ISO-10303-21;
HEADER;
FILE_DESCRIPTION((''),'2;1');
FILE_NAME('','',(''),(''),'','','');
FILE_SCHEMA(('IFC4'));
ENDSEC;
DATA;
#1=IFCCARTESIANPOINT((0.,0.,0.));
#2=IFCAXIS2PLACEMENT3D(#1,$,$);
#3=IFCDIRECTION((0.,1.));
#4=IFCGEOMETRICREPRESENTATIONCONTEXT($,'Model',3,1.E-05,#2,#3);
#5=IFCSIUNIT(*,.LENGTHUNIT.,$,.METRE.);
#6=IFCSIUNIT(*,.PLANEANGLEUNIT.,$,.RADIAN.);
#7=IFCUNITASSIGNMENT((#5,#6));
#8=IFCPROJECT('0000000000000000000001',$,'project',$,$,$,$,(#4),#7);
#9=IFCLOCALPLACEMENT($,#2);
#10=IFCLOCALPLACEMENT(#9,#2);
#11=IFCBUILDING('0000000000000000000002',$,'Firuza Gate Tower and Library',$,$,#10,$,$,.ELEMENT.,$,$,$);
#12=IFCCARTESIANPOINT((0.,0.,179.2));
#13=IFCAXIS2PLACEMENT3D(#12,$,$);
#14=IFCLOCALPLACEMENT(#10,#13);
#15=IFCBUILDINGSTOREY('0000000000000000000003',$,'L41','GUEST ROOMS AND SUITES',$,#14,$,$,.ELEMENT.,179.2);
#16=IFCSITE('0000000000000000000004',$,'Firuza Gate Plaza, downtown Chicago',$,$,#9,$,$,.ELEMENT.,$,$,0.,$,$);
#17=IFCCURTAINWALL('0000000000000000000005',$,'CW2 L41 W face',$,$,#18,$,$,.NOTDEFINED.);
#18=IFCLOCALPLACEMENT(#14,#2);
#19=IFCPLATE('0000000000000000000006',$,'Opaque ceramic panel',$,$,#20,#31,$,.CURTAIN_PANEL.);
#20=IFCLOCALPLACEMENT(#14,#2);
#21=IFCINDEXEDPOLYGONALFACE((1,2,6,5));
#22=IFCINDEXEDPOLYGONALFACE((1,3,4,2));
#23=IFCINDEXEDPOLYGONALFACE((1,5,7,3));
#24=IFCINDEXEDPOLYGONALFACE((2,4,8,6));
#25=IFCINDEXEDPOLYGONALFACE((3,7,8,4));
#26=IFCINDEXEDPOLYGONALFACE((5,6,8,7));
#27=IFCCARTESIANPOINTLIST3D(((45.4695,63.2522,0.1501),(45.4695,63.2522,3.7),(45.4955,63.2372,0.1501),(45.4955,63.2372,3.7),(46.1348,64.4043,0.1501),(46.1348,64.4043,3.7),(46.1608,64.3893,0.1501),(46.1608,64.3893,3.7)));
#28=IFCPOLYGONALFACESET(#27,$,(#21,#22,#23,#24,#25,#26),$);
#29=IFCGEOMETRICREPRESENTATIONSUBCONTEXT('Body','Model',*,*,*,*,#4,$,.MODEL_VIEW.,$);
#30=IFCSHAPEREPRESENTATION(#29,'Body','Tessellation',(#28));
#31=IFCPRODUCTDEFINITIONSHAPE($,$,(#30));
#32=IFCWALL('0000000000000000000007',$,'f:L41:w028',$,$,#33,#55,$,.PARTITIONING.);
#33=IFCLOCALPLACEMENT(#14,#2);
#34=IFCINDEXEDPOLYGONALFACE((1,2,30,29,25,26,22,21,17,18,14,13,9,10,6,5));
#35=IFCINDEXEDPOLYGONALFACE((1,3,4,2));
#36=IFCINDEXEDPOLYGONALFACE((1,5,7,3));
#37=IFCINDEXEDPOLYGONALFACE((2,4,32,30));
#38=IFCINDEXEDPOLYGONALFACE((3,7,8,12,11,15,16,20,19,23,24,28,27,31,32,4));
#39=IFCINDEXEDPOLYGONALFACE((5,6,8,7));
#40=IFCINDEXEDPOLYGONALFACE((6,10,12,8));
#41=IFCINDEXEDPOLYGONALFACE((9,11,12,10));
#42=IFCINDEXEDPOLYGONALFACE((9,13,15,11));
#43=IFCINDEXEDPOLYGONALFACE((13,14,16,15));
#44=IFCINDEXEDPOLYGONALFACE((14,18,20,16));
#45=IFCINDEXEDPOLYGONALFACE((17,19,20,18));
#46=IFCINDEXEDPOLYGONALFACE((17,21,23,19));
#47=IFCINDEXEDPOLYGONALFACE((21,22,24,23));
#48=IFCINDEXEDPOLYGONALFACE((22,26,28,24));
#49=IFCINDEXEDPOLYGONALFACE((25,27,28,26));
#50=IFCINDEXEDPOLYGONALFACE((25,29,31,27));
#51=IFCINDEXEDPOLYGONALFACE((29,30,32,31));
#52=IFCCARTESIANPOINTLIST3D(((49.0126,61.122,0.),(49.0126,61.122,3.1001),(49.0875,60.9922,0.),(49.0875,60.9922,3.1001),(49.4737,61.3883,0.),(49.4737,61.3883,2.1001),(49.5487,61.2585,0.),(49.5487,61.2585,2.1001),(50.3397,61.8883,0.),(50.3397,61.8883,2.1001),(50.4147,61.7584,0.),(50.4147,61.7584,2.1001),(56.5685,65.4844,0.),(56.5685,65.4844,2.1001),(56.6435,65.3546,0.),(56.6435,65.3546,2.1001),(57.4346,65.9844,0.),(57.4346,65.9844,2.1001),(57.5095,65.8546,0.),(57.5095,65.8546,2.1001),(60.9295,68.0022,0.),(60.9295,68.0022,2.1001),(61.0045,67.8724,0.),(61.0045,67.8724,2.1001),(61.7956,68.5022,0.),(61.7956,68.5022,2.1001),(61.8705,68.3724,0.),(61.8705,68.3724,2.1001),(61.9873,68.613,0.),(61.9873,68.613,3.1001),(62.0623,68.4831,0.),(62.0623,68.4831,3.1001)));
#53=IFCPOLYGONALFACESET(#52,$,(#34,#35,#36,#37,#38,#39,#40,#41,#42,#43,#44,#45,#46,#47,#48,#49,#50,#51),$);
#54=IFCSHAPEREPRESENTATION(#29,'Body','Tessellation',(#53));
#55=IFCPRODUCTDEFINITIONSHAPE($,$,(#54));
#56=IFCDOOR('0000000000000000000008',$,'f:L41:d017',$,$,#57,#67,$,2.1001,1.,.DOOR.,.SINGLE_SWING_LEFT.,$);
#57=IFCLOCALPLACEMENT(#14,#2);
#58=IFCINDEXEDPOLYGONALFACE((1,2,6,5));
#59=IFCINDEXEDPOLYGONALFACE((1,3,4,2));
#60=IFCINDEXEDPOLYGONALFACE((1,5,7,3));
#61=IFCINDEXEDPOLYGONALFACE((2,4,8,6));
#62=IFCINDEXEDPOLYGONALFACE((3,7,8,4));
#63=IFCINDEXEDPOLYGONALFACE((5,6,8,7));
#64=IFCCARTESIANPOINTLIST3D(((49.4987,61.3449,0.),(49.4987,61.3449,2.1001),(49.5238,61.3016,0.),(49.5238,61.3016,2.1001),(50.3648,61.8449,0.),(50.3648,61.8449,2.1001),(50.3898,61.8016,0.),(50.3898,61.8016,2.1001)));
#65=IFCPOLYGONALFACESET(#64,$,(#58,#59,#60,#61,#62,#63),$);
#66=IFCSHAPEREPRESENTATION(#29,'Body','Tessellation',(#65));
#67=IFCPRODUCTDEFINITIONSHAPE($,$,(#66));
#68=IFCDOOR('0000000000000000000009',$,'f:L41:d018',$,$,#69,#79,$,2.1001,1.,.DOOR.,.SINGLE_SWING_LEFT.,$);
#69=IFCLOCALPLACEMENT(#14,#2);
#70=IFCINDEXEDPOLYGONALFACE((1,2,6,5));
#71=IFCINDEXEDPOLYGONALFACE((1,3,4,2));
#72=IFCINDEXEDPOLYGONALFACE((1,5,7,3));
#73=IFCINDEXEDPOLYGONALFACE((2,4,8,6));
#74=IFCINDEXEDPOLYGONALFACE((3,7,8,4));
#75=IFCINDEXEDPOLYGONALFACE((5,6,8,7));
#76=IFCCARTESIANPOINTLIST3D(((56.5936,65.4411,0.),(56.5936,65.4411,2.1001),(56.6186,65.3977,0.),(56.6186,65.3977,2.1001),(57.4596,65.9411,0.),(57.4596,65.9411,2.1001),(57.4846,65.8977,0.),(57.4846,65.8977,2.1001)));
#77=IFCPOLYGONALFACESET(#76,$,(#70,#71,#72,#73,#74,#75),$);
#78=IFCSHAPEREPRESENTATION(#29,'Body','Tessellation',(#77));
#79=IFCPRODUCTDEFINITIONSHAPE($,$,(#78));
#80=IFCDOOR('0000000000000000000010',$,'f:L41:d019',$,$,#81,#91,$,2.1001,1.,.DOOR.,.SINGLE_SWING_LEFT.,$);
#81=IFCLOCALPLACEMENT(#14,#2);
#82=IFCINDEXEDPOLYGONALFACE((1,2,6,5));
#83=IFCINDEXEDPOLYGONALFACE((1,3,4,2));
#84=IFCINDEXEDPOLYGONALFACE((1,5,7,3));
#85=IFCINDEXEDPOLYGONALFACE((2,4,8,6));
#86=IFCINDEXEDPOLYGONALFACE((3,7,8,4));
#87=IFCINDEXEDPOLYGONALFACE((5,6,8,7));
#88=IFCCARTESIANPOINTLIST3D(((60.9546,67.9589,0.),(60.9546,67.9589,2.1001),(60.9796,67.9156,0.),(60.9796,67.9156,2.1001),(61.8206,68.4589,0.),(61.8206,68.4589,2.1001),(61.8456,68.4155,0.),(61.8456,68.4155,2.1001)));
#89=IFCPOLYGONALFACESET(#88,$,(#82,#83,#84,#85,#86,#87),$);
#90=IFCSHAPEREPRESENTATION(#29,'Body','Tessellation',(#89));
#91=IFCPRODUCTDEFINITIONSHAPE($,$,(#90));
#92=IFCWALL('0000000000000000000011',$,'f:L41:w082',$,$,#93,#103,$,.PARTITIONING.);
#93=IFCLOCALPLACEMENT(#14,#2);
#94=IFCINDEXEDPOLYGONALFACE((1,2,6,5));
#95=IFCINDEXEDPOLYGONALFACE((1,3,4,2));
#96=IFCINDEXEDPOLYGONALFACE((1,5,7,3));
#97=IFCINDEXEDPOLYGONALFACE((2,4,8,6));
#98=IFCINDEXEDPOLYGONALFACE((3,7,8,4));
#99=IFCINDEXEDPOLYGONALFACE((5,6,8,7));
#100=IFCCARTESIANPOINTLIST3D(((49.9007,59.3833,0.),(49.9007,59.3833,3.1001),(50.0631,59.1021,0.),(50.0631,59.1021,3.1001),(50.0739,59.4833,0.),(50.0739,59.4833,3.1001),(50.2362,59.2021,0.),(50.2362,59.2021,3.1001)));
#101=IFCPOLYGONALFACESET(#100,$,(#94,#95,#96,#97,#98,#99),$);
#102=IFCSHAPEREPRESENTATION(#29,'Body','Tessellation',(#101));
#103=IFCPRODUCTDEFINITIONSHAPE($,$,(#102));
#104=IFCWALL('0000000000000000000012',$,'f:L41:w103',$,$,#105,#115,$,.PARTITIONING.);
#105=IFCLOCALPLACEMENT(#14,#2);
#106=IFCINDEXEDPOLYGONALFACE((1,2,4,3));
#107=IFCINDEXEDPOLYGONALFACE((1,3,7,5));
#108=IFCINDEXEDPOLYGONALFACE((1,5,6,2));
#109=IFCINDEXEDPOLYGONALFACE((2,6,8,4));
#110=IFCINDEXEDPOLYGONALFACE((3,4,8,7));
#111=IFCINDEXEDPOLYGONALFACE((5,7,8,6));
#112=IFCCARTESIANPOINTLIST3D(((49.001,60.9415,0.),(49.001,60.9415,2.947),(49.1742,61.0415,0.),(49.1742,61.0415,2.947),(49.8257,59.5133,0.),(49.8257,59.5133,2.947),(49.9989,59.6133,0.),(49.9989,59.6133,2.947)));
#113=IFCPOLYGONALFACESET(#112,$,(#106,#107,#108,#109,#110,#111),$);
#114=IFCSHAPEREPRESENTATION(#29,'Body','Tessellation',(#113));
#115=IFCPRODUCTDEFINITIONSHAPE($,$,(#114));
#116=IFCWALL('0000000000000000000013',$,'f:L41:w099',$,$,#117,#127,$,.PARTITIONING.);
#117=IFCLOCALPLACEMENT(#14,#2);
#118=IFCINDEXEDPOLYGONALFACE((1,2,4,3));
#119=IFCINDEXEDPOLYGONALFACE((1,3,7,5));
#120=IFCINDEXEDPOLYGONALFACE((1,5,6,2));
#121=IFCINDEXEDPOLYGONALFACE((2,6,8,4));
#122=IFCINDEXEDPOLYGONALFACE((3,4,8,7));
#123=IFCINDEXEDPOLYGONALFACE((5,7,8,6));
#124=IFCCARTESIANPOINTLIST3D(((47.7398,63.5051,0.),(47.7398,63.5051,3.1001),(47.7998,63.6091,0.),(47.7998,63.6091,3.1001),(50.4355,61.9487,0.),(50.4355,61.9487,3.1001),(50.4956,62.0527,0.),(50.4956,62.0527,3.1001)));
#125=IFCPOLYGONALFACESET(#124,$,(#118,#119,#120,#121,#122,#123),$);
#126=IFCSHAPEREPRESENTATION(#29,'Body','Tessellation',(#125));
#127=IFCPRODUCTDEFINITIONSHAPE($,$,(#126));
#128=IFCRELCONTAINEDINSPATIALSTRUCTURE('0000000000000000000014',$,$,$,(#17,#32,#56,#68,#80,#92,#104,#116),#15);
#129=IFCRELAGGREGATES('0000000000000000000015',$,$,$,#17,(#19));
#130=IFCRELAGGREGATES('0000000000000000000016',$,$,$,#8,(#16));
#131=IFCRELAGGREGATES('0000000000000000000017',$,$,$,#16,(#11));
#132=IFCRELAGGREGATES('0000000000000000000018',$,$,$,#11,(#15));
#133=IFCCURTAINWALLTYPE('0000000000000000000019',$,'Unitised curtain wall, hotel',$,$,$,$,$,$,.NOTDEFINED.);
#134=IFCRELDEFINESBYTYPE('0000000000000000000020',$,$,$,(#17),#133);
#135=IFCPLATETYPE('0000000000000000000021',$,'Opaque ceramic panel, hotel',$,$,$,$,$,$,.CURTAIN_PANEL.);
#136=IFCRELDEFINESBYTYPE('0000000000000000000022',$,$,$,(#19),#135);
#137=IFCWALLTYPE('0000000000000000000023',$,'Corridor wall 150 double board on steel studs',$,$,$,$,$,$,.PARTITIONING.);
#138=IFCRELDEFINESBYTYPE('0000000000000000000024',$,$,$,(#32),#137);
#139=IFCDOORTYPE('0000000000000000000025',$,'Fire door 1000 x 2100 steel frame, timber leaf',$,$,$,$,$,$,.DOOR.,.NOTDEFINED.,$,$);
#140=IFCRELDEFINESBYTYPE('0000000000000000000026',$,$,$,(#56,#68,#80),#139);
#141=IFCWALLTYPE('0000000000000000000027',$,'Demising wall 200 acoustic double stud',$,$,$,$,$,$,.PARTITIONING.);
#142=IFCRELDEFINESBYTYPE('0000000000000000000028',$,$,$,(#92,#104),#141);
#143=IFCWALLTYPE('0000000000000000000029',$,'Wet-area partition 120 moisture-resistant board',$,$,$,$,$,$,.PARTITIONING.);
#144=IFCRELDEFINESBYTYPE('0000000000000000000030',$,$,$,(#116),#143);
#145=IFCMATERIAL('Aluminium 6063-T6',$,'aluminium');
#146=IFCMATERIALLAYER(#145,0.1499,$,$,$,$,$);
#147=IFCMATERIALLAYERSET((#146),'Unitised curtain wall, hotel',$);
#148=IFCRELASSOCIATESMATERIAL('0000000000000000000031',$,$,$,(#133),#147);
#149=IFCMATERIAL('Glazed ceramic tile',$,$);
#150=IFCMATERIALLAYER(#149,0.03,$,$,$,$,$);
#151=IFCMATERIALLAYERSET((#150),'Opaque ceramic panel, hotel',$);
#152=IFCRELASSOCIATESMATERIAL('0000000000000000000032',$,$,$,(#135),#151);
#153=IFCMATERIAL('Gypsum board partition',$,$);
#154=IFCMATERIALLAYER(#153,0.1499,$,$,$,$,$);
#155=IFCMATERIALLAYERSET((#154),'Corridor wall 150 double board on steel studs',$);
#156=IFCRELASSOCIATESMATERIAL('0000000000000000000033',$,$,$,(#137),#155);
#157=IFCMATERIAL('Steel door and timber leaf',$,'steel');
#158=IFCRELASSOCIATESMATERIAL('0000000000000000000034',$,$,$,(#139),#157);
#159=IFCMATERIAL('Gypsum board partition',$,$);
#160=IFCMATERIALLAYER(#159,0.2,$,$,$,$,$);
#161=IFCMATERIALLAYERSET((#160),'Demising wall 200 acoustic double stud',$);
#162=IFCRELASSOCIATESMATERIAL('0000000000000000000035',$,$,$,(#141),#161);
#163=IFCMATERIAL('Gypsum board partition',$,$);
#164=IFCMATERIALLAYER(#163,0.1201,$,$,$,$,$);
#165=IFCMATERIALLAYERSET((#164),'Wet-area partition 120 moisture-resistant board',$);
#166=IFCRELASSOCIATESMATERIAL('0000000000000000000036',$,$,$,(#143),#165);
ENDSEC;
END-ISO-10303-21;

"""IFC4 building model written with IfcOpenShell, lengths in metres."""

from ifc_helpers import new_model, si_unit, direction, frame, frame_2d, origin, place, context, subcontext, project, spatial, polyline, rectangle, outline, extrude, material, layer, layer_set, type_object, element, fill, aggregate, save


model = new_model("IFC4")

# Units and contexts
model_context = context("Model", 3, precision=1e-05, world=origin(), true_north=direction((0.0, 1.0)))
body_context = subcontext(model_context, "Body", "Model", "MODEL_VIEW")
ifc_project = project(units=[si_unit("LENGTHUNIT", "METRE"), si_unit("PLANEANGLEUNIT", "RADIAN")], contexts=[model_context])

# Site, building, storey
site_placement = place(None, origin())
site = spatial("IfcSite", under=ifc_project, at=site_placement, Name="Firuza Gate Plaza, downtown Chicago", CompositionType="ELEMENT", RefElevation=0.0)
building_placement = place(site_placement, origin())
building = spatial("IfcBuilding", under=site, at=building_placement, Name="Firuza Gate Tower and Library", CompositionType="ELEMENT")
storey_placement = place(building_placement, frame((0.0, 0.0, 179.2)))
storey = spatial("IfcBuildingStorey", under=building, at=storey_placement, Name="L41", Description="GUEST ROOMS AND SUITES", CompositionType="ELEMENT", Elevation=179.2)

# Shared definitions
placement = place(storey_placement, origin())

# Curtain wall
ifc_material_1 = material(Name="Aluminium 6063-T6", Category="aluminium")
ifc_layer_1 = layer(ifc_material_1, 0.1499)
ifc_layer_set_1 = layer_set([ifc_layer_1], Name="Unitised curtain wall, hotel")
curtain_wall_type_1 = type_object("IfcCurtainWallType", Name="Unitised curtain wall, hotel", PredefinedType="NOTDEFINED", material=ifc_layer_set_1)
curtain_wall_1 = element("IfcCurtainWall", 1, at=placement, inside=storey, type_object=curtain_wall_type_1, Name="CW2 L41 W face", PredefinedType="NOTDEFINED")

# Plate
ifc_material_2 = material(Name="Glazed ceramic tile")
ifc_layer_2 = layer(ifc_material_2, 0.03)
ifc_layer_set_2 = layer_set([ifc_layer_2], Name="Opaque ceramic panel, hotel")
plate_type_1 = type_object("IfcPlateType", Name="Opaque ceramic panel, hotel", PredefinedType="CURTAIN_PANEL", material=ifc_layer_set_2)
plate_1_placement = place(storey_placement, frame((46.1348, 64.4043, 0.1501), z_axis=(-0.865987, 0.500067, 0.0), x_axis=(-0.500067, -0.865987, 0.0)))
plate_1 = element("IfcPlate", 2, at=plate_1_placement, type_object=plate_type_1, Name="Opaque ceramic panel", PredefinedType="CURTAIN_PANEL", context=body_context, shape_type="SweptSolid", body=[
    extrude(outline(polyline([(0.0, 0.0), (1.3304, 0.0), (1.3304, 3.5498), (0.0, 3.5498), (0.0, 0.0)])), origin(), (0.0, 0.0, -1.0), 0.03),
])
aggregate(curtain_wall_1, [plate_1])

# Wall, openings, doors
ifc_material_3 = material(Name="Gypsum board partition")
ifc_layer_3 = layer(ifc_material_3, 0.1499)
ifc_layer_set_3 = layer_set([ifc_layer_3], Name="Corridor wall 150 double board on steel studs")
wall_type_1 = type_object("IfcWallType", Name="Corridor wall 150 double board on steel studs", PredefinedType="PARTITIONING", material=ifc_layer_set_3)
wall_1_placement = place(storey_placement, frame((49.05, 61.0571, 0.0), z_axis=(0.0, 0.0, 1.0), x_axis=(0.866027, 0.499997, 0.0)))
wall_1 = element("IfcWall", 3, at=wall_1_placement, inside=storey, type_object=wall_type_1, Name="f:L41:w028", PredefinedType="PARTITIONING", context=body_context, shape_type="SweptSolid", body=[
    extrude(rectangle(XDim=14.9819, YDim=0.1499, at=frame_2d((7.491, 0.0))), origin(), (0.0, 0.0, 1.0), 3.1001),
])
opening_1_placement = place(wall_1_placement, frame((0.5325, 0.0, 0.0)))
opening_1 = element("IfcOpeningElement", 4, at=opening_1_placement, cuts=wall_1, PredefinedType="OPENING", context=body_context, shape_type="SweptSolid", body=[
    extrude(rectangle(XDim=1.0, YDim=2.1001, at=frame_2d((0.5, 1.05))), frame((0.0, 0.085, 0.0), z_axis=(0.0, -1.0, 0.0), x_axis=(1.0, 0.0, 0.0)), (0.0, 0.0, 1.0), 0.1699),
])
opening_2_placement = place(wall_1_placement, frame((8.7249, 0.0, 0.0)))
opening_2 = element("IfcOpeningElement", 5, at=opening_2_placement, cuts=wall_1, PredefinedType="OPENING", context=body_context, shape_type="SweptSolid", body=[
    extrude(rectangle(XDim=1.0, YDim=2.1001, at=frame_2d((0.5, 1.05))), frame((0.0, 0.085, 0.0), z_axis=(0.0, -1.0, 0.0), x_axis=(1.0, 0.0, 0.0)), (0.0, 0.0, 1.0), 0.1699),
])
opening_3_placement = place(wall_1_placement, frame((13.7605, 0.0, 0.0)))
opening_3 = element("IfcOpeningElement", 6, at=opening_3_placement, cuts=wall_1, PredefinedType="OPENING", context=body_context, shape_type="SweptSolid", body=[
    extrude(rectangle(XDim=1.0, YDim=2.1001, at=frame_2d((0.5, 1.05))), frame((0.0, 0.085, 0.0), z_axis=(0.0, -1.0, 0.0), x_axis=(1.0, 0.0, 0.0)), (0.0, 0.0, 1.0), 0.1699),
])
ifc_material_4 = material(Name="Steel door and timber leaf", Category="steel")
door_type = type_object("IfcDoorType", Name="Fire door 1000 x 2100 steel frame, timber leaf", OperationType="NOTDEFINED", PredefinedType="DOOR", material=ifc_material_4)
door_1_placement = place(opening_1_placement, origin())
door_1 = element("IfcDoor", 7, at=door_1_placement, inside=storey, type_object=door_type, Name="f:L41:d017", OperationType="SINGLE_SWING_LEFT", OverallHeight=2.1001, OverallWidth=1.0, PredefinedType="DOOR", context=body_context, shape_type="SweptSolid", body=[
    extrude(rectangle(XDim=1.0, YDim=2.1001, at=frame_2d((0.5, 1.05))), frame((0.0, 0.0249, 0.0), z_axis=(0.0, -1.0, 0.0), x_axis=(1.0, 0.0, 0.0)), (0.0, 0.0, 1.0), 0.05),
])
fill(opening_1, door_1)
door_2_placement = place(opening_2_placement, origin())
door_2 = element("IfcDoor", 8, at=door_2_placement, inside=storey, type_object=door_type, Name="f:L41:d018", OperationType="SINGLE_SWING_LEFT", OverallHeight=2.1001, OverallWidth=1.0, PredefinedType="DOOR", context=body_context, shape_type="SweptSolid", body=[
    extrude(rectangle(XDim=1.0, YDim=2.1001, at=frame_2d((0.5, 1.05))), frame((0.0, 0.0249, 0.0), z_axis=(0.0, -1.0, 0.0), x_axis=(1.0, 0.0, 0.0)), (0.0, 0.0, 1.0), 0.05),
])
fill(opening_2, door_2)
door_3_placement = place(opening_3_placement, origin())
door_3 = element("IfcDoor", 9, at=door_3_placement, inside=storey, type_object=door_type, Name="f:L41:d019", OperationType="SINGLE_SWING_LEFT", OverallHeight=2.1001, OverallWidth=1.0, PredefinedType="DOOR", context=body_context, shape_type="SweptSolid", body=[
    extrude(rectangle(XDim=1.0, YDim=2.1001, at=frame_2d((0.5, 1.05))), frame((0.0, 0.0249, 0.0), z_axis=(0.0, -1.0, 0.0), x_axis=(1.0, 0.0, 0.0)), (0.0, 0.0, 1.0), 0.05),
])
fill(opening_3, door_3)

# Walls
ifc_material_5 = material(Name="Gypsum board partition")
ifc_layer_4 = layer(ifc_material_5, 0.2)
ifc_layer_set_4 = layer_set([ifc_layer_4], Name="Demising wall 200 acoustic double stud")
wall_type_2 = type_object("IfcWallType", Name="Demising wall 200 acoustic double stud", PredefinedType="PARTITIONING", material=ifc_layer_set_4)
wall_2_placement = place(storey_placement, frame((50.1497, 59.1521, 0.0), z_axis=(0.0, 0.0, 1.0), x_axis=(-0.499939, 0.86606, 0.0)))
element("IfcWall", 10, at=wall_2_placement, inside=storey, type_object=wall_type_2, Name="f:L41:w082", PredefinedType="PARTITIONING", context=body_context, shape_type="SweptSolid", body=[
    extrude(rectangle(XDim=0.3247, YDim=0.2, at=frame_2d((0.1624, 0.0))), origin(), (0.0, 0.0, 1.0), 3.1001),
])
wall_3_placement = place(storey_placement, frame((49.9124, 59.5632, 0.0), z_axis=(0.0, 0.0, 1.0), x_axis=(-0.500056, 0.865993, 0.0)))
element("IfcWall", 11, at=wall_3_placement, inside=storey, type_object=wall_type_2, Name="f:L41:w103", PredefinedType="PARTITIONING", context=body_context, shape_type="SweptSolid", body=[
    extrude(rectangle(XDim=1.6492, YDim=0.2, at=frame_2d((0.8247, 0.0))), origin(), (0.0, 0.0, 1.0), 2.947),
])
ifc_material_6 = material(Name="Gypsum board partition")
ifc_layer_5 = layer(ifc_material_6, 0.1201)
ifc_layer_set_5 = layer_set([ifc_layer_5], Name="Wet-area partition 120 moisture-resistant board")
wall_type_3 = type_object("IfcWallType", Name="Wet-area partition 120 moisture-resistant board", PredefinedType="PARTITIONING", material=ifc_layer_set_5)
wall_4_placement = place(storey_placement, frame((50.4656, 62.0007, 0.0), z_axis=(0.0, 0.0, 1.0), x_axis=(-0.866029, 0.499994, 0.0)))
element("IfcWall", 12, at=wall_4_placement, inside=storey, type_object=wall_type_3, Name="f:L41:w099", PredefinedType="PARTITIONING", context=body_context, shape_type="SweptSolid", body=[
    extrude(rectangle(XDim=3.1128, YDim=0.1201, at=frame_2d((1.5564, 0.0))), origin(), (0.0, 0.0, 1.0), 3.1001),
])

save(model, "model.ifc")
